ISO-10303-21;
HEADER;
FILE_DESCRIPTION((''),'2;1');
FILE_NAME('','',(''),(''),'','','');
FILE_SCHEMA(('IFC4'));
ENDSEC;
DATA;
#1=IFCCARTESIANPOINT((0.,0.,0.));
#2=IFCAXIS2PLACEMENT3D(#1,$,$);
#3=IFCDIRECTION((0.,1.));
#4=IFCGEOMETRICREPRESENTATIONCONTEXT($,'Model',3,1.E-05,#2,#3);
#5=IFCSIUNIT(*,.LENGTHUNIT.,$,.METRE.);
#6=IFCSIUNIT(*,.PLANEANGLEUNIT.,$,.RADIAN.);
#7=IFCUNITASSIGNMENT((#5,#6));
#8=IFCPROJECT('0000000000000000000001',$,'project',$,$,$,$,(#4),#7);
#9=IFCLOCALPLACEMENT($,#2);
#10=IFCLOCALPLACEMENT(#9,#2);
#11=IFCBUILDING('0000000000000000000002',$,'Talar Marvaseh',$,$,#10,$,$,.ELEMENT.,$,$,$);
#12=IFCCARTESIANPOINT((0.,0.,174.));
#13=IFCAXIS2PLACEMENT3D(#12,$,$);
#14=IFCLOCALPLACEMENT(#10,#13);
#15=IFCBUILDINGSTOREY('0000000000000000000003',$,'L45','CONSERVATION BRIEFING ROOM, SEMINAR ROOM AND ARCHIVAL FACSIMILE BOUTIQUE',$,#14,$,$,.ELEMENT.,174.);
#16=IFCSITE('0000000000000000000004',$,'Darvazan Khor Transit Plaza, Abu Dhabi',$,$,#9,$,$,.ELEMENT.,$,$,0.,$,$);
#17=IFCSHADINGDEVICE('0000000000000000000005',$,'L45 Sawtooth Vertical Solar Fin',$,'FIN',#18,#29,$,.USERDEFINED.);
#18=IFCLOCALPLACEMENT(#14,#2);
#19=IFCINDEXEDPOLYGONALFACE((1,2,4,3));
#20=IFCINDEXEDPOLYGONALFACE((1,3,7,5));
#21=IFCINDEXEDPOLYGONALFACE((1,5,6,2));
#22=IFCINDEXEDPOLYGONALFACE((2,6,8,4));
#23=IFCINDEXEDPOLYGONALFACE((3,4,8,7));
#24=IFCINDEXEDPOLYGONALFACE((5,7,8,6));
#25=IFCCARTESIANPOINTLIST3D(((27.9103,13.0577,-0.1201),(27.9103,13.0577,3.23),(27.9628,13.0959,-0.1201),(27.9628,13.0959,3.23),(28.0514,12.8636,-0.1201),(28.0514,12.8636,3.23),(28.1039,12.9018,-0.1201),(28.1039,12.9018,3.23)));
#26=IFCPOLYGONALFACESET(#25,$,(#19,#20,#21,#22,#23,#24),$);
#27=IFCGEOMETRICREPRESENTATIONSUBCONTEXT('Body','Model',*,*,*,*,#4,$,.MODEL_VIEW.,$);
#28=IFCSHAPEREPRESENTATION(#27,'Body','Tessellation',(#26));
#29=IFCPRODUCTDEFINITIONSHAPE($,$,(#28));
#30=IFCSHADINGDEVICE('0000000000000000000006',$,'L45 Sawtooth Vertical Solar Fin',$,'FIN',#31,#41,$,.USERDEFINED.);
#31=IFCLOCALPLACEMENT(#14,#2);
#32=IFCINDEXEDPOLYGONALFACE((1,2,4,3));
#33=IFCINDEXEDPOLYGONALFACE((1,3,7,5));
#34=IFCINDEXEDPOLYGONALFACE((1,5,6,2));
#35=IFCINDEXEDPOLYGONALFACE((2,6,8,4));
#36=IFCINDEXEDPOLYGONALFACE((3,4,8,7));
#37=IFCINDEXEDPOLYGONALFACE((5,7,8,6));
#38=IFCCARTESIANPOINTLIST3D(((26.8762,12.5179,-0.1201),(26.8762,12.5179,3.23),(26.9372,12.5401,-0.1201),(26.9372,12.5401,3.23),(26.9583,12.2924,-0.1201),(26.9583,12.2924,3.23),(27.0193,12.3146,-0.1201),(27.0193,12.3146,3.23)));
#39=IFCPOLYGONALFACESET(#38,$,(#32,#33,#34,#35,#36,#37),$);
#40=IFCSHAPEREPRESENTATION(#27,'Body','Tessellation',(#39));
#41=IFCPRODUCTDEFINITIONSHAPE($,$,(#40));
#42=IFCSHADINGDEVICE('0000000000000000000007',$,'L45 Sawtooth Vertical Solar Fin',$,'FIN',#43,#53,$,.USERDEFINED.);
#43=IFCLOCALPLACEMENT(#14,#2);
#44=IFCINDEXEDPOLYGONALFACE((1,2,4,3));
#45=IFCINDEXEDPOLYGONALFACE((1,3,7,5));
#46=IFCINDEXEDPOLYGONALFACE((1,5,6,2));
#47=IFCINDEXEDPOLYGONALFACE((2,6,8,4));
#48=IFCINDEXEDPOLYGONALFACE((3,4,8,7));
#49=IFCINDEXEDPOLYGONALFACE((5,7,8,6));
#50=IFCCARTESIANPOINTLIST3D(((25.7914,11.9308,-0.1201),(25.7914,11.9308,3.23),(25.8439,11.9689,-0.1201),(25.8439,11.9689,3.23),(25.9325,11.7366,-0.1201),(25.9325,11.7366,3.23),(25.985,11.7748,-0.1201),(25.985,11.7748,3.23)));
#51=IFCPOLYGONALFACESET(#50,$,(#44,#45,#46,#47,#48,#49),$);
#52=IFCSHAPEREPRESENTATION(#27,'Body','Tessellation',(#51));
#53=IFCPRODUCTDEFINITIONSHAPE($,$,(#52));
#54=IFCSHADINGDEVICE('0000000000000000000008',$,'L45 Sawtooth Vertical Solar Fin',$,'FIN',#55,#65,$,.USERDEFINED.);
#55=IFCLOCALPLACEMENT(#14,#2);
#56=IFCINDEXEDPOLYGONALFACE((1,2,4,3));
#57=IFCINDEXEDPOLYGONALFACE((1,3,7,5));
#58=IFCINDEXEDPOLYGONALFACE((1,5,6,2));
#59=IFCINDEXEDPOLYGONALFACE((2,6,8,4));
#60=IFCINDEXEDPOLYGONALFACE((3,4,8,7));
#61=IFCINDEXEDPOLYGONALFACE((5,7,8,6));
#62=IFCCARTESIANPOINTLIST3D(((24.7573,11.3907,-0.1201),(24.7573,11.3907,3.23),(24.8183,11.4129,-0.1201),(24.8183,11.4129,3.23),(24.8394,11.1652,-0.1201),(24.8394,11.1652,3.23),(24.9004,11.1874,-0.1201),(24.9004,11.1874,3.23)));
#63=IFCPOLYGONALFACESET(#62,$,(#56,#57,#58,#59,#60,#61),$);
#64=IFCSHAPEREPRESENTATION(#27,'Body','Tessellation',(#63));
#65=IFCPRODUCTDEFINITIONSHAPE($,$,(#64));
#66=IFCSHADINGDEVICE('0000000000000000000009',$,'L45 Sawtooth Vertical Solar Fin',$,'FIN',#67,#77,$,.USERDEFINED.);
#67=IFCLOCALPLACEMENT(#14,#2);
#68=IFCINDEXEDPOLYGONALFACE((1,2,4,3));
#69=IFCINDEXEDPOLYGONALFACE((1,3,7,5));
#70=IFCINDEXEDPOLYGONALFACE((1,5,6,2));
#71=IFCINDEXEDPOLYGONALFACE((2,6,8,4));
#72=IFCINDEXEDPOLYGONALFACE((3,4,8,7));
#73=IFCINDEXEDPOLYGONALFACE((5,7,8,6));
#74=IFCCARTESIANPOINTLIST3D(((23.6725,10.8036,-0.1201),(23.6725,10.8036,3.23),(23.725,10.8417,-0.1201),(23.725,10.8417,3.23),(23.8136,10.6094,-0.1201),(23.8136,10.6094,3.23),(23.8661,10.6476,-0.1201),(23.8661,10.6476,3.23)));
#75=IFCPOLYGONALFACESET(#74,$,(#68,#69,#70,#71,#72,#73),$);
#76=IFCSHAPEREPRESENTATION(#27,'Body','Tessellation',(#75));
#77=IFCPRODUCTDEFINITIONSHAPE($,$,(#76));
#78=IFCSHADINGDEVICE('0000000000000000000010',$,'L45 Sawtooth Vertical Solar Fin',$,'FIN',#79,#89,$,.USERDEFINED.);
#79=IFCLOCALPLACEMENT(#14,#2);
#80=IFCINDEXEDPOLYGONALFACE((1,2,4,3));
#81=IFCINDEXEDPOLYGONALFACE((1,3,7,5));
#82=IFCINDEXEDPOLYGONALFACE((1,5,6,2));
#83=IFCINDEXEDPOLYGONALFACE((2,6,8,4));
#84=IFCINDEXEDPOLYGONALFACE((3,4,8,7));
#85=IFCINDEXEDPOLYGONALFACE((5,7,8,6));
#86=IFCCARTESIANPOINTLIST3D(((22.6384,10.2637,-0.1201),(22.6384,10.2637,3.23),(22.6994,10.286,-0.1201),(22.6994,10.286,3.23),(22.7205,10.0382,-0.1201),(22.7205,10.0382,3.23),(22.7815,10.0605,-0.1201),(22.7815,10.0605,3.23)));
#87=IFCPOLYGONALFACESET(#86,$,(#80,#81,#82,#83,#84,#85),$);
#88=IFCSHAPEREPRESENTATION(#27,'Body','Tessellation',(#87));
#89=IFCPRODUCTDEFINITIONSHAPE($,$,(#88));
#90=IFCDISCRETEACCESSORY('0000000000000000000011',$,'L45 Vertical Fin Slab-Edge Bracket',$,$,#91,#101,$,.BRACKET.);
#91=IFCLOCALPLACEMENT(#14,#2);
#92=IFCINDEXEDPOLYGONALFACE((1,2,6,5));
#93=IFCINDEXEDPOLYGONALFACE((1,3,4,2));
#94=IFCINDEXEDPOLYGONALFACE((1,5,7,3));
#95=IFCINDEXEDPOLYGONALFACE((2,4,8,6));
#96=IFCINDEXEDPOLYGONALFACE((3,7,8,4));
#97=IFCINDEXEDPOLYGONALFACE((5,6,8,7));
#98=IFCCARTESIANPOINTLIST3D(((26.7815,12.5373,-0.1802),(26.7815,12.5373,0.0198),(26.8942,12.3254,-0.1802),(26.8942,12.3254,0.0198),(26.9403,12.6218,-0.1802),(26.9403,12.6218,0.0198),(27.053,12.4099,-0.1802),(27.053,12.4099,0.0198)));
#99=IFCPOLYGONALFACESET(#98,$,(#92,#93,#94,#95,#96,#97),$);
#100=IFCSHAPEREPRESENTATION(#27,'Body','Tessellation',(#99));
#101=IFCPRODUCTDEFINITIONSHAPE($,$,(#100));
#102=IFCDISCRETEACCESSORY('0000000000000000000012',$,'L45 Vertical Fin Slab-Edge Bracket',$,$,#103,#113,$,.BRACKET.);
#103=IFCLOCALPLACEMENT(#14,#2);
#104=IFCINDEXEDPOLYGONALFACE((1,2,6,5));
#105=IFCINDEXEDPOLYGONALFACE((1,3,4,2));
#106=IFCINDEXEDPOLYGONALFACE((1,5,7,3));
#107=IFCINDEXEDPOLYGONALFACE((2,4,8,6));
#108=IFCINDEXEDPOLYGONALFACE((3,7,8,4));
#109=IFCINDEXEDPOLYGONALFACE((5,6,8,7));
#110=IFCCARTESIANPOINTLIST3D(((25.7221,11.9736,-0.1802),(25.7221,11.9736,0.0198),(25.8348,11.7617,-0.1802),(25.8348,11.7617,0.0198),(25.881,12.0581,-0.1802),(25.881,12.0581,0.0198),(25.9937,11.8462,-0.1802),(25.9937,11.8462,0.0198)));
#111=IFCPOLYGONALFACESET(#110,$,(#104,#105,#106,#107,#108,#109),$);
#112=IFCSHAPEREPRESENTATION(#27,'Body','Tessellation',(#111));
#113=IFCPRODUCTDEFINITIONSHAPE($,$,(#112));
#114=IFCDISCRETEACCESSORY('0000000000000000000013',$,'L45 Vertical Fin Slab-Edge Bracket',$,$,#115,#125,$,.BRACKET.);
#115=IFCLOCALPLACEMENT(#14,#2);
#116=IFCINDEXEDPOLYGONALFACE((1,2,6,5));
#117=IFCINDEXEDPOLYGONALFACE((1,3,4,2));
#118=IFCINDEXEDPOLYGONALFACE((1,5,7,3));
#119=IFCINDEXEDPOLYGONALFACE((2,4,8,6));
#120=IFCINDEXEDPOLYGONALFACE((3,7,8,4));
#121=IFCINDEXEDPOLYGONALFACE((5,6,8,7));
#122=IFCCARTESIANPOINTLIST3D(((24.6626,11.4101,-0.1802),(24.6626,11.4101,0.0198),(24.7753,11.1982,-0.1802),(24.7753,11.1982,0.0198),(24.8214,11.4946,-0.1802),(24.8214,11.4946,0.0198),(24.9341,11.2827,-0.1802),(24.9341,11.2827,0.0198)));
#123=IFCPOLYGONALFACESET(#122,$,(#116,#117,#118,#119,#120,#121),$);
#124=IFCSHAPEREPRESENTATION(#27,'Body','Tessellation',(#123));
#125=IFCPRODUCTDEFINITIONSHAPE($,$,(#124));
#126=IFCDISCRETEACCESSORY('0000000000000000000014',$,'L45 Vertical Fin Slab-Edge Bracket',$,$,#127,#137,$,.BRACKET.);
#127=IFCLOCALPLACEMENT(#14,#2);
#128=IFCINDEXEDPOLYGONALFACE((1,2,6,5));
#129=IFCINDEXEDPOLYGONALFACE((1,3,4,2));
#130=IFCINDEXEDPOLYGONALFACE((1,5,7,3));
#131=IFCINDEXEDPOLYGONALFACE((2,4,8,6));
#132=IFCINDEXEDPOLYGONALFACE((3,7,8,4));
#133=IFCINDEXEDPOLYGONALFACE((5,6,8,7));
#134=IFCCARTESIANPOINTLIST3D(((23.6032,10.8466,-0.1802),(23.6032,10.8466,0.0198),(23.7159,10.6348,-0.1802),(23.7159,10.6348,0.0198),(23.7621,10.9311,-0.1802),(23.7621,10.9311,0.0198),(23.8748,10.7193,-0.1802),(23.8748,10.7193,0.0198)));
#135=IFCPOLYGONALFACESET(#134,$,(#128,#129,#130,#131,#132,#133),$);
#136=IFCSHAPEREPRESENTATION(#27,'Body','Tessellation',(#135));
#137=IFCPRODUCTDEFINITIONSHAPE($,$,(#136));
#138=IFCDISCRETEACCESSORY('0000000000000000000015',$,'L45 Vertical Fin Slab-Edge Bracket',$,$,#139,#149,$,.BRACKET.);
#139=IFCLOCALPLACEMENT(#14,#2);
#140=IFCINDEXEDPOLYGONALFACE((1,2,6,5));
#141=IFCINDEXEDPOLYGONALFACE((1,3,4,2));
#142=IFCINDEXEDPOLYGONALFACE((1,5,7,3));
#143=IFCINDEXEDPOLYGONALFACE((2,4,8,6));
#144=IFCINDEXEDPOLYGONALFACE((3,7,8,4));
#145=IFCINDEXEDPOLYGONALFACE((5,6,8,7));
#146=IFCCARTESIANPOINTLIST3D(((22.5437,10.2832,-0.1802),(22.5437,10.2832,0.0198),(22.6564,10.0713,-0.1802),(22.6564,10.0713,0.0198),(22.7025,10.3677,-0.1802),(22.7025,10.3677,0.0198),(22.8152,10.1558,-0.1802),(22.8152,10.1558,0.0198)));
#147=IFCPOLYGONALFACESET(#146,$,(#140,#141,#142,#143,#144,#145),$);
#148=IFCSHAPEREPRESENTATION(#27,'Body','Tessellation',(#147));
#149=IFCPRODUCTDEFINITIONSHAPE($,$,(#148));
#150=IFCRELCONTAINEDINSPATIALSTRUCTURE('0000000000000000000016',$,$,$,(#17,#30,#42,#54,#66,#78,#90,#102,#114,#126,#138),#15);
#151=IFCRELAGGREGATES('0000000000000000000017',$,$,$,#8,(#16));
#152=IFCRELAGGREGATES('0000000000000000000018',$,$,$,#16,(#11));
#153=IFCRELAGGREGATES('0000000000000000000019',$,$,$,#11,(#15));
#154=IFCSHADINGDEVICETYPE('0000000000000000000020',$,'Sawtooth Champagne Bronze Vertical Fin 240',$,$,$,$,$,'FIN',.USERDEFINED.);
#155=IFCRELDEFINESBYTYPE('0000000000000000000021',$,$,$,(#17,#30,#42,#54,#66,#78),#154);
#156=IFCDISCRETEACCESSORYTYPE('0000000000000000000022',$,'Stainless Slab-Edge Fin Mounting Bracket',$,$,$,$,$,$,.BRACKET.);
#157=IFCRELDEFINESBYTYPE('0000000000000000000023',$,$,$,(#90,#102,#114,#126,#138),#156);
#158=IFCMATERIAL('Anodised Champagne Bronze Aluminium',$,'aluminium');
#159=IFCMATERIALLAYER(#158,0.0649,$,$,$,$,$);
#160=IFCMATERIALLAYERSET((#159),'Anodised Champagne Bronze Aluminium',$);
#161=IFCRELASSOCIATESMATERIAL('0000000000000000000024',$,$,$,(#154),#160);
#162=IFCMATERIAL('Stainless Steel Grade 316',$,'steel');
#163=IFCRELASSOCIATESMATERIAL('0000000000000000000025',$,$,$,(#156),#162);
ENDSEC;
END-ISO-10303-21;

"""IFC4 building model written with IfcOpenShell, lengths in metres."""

from ifc_helpers import new_model, si_unit, direction, frame, origin, origin_2d, place, context, subcontext, project, spatial, rectangle, extrude, source, transform, mapped, material, layer, layer_set, type_object, type_shapes, element, save


model = new_model("IFC4")

# Units and contexts
model_context = context("Model", 3, precision=1e-05, world=origin(), true_north=direction((0.0, 1.0)))
body_context = subcontext(model_context, "Body", "Model", "MODEL_VIEW")
ifc_project = project(units=[si_unit("LENGTHUNIT", "METRE"), si_unit("PLANEANGLEUNIT", "RADIAN")], contexts=[model_context])

# Site, building, storey
site_placement = place(None, origin())
site = spatial("IfcSite", under=ifc_project, at=site_placement, Name="Darvazan Khor Transit Plaza, Abu Dhabi", CompositionType="ELEMENT", RefElevation=0.0)
building_placement = place(site_placement, origin())
building = spatial("IfcBuilding", under=site, at=building_placement, Name="Talar Marvaseh", CompositionType="ELEMENT")
storey_placement = place(building_placement, frame((0.0, 0.0, 174.0)))
storey = spatial("IfcBuildingStorey", under=building, at=storey_placement, Name="L45", Description="CONSERVATION BRIEFING ROOM, SEMINAR ROOM AND ARCHIVAL FACSIMILE BOUTIQUE", CompositionType="ELEMENT", Elevation=174.0)

# Shading devices
ifc_material_1 = material(Name="Anodised Champagne Bronze Aluminium", Category="aluminium")
ifc_layer_1 = layer(ifc_material_1, 0.0649)
ifc_layer_set_1 = layer_set([ifc_layer_1], Name="Anodised Champagne Bronze Aluminium")
shading_device_type = type_object("IfcShadingDeviceType", Name="Sawtooth Champagne Bronze Vertical Fin 240", ElementType="FIN", PredefinedType="USERDEFINED", material=ifc_layer_set_1)
shared_shape_1 = source(origin(), body_context, "Body", "SweptSolid", [
    extrude(rectangle(XDim=0.24, YDim=0.0649, at=origin_2d()), origin(), (0.0, 0.0, 1.0), 3.3501),
])
type_shapes(shading_device_type, [shared_shape_1])
for number, where, z_axis, x_axis, name in (
    (1, (28.0071, 12.9797, -0.1201), (0.0, 0.0, 1.0), (0.587926, -0.808914, 0.0), "L45 Sawtooth Vertical Solar Fin"),
    (2, (26.9478, 12.4163, -0.1201), (0.0, 0.0, 1.0), (0.342184, -0.939633, 0.0), "L45 Sawtooth Vertical Solar Fin"),
    (3, (25.8882, 11.8528, -0.1201), (0.0, 0.0, 1.0), (0.587926, -0.808914, 0.0), "L45 Sawtooth Vertical Solar Fin"),
    (4, (24.8289, 11.2891, -0.1201), (0.0, 0.0, 1.0), (0.342184, -0.939633, 0.0), "L45 Sawtooth Vertical Solar Fin"),
    (5, (23.7693, 10.7256, -0.1201), (0.0, 0.0, 1.0), (0.587926, -0.808914, 0.0), "L45 Sawtooth Vertical Solar Fin"),
    (6, (22.71, 10.1621, -0.1201), (0.0, 0.0, 1.0), (0.342184, -0.939633, 0.0), "L45 Sawtooth Vertical Solar Fin"),
):
    element("IfcShadingDevice", number, at=place(storey_placement, frame(where, z_axis=z_axis, x_axis=x_axis)), inside=storey, type_object=shading_device_type, Name=name, ObjectType="FIN", PredefinedType="USERDEFINED", context=body_context, shape_type="MappedRepresentation", body=[
        mapped(shared_shape_1, transform((0.0, 0.0, 0.0), x_axis=(1.0, 0.0, 0.0), y_axis=(0.0, 1.0, 0.0), z_axis=(0.0, 0.0, 1.0), scale=1.0)),
    ])

# Discrete accessories
ifc_material_2 = material(Name="Stainless Steel Grade 316", Category="steel")
discrete_accessory_type = type_object("IfcDiscreteAccessoryType", Name="Stainless Slab-Edge Fin Mounting Bracket", PredefinedType="BRACKET", material=ifc_material_2)
shared_shape_2 = source(origin(), body_context, "Body", "SweptSolid", [
    extrude(rectangle(XDim=0.24, YDim=0.1799, at=origin_2d()), origin(), (0.0, 0.0, 1.0), 0.2),
])
type_shapes(discrete_accessory_type, [shared_shape_2])
for number, where, z_axis, x_axis, name in (
    (7, (26.9172, 12.4736, -0.1802), (0.0, 0.0, 1.0), (0.469626, -0.882866, 0.0), "L45 Vertical Fin Slab-Edge Bracket"),
    (8, (25.8579, 11.9099, -0.1802), (0.0, 0.0, 1.0), (0.469626, -0.882866, 0.0), "L45 Vertical Fin Slab-Edge Bracket"),
    (9, (24.7983, 11.3464, -0.1802), (0.0, 0.0, 1.0), (0.469626, -0.882866, 0.0), "L45 Vertical Fin Slab-Edge Bracket"),
    (10, (23.739, 10.783, -0.1802), (0.0, 0.0, 1.0), (0.469626, -0.882866, 0.0), "L45 Vertical Fin Slab-Edge Bracket"),
    (11, (22.6794, 10.2195, -0.1802), (0.0, 0.0, 1.0), (0.469626, -0.882866, 0.0), "L45 Vertical Fin Slab-Edge Bracket"),
):
    element("IfcDiscreteAccessory", number, at=place(storey_placement, frame(where, z_axis=z_axis, x_axis=x_axis)), inside=storey, type_object=discrete_accessory_type, Name=name, PredefinedType="BRACKET", context=body_context, shape_type="MappedRepresentation", body=[
        mapped(shared_shape_2, transform((0.0, 0.0, 0.0), x_axis=(1.0, 0.0, 0.0), y_axis=(0.0, 1.0, 0.0), z_axis=(0.0, 0.0, 1.0), scale=1.0)),
    ])

save(model, "model.ifc")
